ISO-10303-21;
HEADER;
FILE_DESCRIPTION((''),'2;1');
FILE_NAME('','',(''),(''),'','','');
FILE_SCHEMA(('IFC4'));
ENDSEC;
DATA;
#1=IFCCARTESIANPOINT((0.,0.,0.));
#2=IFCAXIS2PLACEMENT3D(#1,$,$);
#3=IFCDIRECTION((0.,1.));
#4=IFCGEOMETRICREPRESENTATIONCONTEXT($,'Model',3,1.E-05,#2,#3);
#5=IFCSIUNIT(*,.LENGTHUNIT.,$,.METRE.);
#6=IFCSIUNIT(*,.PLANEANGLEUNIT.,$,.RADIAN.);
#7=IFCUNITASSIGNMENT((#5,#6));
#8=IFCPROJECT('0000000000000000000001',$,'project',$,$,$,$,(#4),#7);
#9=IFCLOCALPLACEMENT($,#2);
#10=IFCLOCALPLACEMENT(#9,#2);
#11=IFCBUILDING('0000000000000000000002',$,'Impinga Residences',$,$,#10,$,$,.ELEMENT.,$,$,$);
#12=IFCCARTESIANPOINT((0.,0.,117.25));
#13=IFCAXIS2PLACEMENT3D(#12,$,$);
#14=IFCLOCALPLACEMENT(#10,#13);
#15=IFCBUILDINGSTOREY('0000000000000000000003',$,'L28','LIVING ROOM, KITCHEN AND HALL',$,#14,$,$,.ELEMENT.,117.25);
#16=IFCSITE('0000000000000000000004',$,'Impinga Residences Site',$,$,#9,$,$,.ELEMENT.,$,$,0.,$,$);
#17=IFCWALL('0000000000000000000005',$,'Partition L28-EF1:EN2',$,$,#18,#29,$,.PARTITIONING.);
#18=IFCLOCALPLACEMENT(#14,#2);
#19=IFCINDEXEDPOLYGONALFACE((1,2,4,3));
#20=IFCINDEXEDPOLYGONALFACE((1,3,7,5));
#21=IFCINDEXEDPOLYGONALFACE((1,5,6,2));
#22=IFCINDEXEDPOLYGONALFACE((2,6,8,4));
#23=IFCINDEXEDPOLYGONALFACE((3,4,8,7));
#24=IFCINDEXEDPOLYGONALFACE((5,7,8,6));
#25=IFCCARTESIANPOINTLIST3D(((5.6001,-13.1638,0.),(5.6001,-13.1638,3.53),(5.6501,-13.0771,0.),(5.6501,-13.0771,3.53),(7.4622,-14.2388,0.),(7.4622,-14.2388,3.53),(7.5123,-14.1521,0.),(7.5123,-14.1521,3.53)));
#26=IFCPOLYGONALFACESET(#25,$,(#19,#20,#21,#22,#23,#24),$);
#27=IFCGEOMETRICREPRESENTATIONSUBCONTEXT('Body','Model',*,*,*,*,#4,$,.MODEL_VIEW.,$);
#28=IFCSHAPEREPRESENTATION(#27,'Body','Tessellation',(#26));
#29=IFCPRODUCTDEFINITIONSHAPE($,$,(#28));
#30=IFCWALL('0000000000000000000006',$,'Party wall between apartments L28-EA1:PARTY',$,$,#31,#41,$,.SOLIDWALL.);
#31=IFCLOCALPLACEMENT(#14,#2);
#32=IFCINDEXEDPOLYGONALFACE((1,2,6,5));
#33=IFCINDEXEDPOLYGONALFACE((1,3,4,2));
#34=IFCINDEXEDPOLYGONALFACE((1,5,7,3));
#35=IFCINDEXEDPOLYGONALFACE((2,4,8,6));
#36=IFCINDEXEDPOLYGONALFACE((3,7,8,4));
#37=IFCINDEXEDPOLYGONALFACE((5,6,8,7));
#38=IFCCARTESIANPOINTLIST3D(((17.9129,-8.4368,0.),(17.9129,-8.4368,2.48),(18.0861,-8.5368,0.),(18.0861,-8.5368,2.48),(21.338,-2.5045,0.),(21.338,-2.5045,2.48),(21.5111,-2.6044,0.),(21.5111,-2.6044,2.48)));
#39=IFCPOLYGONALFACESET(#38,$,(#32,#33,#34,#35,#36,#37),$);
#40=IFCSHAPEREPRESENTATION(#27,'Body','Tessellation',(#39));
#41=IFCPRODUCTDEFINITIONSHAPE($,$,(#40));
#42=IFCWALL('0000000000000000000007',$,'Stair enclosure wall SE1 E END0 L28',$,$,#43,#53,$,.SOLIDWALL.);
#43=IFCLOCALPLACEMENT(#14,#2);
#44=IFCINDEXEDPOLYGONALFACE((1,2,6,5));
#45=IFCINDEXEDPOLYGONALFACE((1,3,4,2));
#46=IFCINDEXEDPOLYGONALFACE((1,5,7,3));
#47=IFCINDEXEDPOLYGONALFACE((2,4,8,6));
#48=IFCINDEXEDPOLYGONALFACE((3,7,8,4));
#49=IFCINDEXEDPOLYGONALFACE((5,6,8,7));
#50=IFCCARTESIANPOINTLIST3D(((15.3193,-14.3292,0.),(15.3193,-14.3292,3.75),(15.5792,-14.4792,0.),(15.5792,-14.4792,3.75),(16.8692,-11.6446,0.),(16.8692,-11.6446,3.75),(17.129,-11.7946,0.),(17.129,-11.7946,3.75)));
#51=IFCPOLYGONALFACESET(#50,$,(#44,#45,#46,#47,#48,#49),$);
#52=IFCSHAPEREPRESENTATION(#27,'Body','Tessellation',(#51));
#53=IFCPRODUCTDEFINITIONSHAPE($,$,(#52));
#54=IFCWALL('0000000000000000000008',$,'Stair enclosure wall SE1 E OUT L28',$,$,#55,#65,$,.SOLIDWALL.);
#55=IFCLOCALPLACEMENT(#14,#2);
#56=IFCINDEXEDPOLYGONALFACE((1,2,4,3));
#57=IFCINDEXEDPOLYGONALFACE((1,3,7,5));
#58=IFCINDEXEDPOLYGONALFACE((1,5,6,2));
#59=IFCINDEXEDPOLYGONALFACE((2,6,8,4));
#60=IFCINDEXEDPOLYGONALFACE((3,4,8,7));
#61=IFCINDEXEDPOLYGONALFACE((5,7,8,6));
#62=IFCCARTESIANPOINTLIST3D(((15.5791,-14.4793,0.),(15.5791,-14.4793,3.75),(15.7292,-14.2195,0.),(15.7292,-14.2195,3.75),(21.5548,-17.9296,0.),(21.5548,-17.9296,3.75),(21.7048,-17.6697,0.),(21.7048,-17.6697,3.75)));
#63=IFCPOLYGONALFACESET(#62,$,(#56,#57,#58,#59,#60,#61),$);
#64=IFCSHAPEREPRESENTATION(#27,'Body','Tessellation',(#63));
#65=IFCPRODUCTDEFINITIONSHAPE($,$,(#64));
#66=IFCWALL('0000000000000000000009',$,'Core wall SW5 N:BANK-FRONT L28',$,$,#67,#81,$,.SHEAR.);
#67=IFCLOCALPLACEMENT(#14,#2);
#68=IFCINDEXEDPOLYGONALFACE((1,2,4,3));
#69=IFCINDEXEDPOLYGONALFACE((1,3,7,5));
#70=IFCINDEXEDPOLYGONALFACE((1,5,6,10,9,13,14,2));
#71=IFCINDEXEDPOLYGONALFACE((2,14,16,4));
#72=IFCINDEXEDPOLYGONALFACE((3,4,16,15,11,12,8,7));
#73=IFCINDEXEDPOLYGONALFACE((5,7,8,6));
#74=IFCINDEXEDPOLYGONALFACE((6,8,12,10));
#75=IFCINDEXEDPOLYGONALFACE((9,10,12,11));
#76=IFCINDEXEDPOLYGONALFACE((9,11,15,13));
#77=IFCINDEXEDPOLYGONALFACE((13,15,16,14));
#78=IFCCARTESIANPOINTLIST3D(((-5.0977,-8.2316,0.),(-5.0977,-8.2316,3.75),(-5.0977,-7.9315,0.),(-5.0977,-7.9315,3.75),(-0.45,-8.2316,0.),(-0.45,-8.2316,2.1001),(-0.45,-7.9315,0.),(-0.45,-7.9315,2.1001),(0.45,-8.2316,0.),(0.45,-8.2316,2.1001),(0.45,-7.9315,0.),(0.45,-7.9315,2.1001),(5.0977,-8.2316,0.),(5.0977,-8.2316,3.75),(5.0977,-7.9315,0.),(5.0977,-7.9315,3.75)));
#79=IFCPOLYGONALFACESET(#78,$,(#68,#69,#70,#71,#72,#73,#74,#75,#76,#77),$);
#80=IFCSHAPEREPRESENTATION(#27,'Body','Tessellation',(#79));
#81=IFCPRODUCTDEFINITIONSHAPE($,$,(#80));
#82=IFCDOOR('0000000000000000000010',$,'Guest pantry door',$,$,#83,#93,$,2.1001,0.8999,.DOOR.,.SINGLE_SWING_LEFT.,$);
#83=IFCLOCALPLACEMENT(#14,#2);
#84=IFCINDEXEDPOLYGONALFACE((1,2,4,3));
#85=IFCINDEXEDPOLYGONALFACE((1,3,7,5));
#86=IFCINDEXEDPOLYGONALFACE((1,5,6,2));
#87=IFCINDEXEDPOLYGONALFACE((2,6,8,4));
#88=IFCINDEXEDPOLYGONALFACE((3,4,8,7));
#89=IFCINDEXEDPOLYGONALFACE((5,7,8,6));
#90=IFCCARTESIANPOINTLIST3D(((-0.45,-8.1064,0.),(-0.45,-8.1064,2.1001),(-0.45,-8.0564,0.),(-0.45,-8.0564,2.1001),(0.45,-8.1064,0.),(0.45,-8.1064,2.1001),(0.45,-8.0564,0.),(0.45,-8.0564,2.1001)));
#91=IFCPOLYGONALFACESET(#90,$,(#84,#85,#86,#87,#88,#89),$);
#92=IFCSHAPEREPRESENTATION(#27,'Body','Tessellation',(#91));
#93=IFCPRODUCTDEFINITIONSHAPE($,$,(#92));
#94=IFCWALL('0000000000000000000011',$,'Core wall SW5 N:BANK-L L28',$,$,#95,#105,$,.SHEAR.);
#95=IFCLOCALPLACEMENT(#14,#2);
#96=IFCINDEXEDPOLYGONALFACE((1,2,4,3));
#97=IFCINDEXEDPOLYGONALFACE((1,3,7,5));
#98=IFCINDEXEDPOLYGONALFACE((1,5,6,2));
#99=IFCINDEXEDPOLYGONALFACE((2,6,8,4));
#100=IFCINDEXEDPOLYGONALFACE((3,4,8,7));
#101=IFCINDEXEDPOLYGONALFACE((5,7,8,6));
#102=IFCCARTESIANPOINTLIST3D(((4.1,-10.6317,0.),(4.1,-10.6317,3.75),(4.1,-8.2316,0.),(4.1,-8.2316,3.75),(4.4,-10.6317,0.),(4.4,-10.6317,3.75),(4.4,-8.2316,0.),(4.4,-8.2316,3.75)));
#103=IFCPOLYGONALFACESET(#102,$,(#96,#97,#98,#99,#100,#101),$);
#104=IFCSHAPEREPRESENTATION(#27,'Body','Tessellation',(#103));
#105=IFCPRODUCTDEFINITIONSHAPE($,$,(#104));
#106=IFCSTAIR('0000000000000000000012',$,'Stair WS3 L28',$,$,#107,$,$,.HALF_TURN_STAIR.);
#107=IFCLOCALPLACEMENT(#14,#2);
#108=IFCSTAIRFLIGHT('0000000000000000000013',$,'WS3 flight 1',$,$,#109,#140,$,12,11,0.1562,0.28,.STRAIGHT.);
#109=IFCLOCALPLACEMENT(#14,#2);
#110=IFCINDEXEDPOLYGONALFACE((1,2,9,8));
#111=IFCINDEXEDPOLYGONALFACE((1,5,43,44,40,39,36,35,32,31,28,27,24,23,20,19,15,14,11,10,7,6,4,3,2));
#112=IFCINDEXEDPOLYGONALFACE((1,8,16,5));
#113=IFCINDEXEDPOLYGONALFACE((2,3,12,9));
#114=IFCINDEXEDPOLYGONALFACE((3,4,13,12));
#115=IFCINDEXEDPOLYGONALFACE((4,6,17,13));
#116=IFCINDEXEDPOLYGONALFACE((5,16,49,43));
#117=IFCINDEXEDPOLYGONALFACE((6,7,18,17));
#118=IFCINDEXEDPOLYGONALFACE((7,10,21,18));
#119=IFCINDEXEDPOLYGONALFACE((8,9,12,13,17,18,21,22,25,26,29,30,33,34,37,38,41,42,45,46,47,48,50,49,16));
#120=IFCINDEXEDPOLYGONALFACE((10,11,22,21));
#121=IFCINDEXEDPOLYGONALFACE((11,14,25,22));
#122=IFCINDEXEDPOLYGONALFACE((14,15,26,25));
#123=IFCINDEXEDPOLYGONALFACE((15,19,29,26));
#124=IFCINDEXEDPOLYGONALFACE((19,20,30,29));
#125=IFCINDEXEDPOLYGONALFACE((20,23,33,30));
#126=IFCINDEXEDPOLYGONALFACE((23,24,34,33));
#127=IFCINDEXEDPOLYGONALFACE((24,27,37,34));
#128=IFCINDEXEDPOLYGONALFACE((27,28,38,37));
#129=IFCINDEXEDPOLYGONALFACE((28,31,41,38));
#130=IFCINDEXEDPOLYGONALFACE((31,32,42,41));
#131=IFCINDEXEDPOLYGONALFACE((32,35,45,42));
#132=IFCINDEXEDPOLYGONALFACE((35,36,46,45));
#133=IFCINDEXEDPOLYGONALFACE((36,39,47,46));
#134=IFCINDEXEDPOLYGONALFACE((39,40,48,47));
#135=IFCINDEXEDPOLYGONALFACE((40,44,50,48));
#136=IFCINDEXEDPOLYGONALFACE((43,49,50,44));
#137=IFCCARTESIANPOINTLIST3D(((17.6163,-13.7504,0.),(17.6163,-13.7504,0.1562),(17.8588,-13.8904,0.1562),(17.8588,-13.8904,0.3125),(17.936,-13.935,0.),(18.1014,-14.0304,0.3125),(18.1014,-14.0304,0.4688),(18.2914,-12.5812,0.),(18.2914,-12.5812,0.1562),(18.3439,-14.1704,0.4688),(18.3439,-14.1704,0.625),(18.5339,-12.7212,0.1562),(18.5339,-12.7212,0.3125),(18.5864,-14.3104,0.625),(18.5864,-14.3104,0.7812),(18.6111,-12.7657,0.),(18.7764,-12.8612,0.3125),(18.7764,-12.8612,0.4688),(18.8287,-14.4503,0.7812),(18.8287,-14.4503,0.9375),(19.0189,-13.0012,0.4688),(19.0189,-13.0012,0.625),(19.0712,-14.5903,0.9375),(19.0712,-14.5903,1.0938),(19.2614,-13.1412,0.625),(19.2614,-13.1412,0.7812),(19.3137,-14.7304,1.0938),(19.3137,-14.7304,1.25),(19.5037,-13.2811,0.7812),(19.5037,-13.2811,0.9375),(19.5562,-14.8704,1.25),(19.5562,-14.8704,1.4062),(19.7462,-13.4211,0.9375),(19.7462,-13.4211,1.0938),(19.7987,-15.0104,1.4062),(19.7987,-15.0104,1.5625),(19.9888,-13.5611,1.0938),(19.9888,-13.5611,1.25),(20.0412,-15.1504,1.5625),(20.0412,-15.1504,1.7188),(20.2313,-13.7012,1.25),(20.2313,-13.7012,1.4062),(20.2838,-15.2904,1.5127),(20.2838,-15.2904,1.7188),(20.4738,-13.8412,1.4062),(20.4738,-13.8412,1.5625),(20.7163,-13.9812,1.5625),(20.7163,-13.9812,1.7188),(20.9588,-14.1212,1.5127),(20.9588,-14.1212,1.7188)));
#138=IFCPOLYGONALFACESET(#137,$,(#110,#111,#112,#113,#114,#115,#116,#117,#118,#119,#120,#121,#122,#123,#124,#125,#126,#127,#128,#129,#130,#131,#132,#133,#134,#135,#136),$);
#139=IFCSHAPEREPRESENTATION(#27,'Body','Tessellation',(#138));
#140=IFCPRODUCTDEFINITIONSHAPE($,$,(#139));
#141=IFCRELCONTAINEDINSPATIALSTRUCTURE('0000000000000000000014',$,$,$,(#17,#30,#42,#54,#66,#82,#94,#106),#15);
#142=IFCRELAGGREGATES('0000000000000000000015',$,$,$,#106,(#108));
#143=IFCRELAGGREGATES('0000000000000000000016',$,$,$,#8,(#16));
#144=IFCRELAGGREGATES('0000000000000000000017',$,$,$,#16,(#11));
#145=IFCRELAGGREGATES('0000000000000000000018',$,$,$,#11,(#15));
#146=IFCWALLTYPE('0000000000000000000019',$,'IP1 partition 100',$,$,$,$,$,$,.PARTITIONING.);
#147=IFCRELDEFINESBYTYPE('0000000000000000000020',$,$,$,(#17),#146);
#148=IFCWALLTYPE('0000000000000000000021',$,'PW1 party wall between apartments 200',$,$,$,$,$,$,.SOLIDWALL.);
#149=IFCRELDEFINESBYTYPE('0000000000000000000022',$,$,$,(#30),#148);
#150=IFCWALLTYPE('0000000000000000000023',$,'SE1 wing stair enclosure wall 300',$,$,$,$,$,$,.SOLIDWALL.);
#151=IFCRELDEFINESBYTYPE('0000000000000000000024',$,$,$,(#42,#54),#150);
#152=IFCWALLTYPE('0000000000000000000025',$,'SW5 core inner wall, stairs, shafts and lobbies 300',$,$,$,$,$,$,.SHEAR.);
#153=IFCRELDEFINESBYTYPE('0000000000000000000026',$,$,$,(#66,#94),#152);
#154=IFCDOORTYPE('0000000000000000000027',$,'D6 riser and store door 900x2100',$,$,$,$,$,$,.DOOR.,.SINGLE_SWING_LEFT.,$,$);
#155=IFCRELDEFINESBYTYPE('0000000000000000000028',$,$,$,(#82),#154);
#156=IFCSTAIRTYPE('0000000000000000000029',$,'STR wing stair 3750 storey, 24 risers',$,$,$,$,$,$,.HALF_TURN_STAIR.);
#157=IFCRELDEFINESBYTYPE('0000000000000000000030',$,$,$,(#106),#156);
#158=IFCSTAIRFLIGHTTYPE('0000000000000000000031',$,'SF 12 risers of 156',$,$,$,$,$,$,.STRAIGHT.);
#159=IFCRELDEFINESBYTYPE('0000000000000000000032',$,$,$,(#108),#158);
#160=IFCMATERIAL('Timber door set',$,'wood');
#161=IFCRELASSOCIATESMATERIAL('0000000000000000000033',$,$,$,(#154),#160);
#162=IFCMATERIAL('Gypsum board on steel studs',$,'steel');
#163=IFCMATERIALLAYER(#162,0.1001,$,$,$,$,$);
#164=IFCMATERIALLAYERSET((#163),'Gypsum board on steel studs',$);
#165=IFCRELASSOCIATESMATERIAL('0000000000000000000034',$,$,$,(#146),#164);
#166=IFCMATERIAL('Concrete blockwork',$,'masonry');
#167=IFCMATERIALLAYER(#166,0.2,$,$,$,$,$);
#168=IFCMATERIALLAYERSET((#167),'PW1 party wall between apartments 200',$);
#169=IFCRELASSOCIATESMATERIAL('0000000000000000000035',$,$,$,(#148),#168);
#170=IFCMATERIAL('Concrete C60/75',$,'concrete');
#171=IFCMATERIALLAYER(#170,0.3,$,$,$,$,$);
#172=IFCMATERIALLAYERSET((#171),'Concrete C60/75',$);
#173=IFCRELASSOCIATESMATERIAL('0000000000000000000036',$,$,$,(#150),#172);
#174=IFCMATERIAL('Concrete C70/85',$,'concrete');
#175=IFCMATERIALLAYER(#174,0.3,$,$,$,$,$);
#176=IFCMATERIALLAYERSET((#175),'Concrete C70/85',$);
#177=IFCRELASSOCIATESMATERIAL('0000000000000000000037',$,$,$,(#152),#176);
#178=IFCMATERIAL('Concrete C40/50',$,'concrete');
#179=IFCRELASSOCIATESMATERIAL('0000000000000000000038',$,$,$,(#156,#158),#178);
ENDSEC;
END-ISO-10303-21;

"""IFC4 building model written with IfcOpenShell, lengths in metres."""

from ifc_helpers import new_model, si_unit, direction, frame, frame_2d, origin, place, context, subcontext, project, spatial, polyline, rectangle, outline, extrude, material, layer, layer_set, type_object, element, fill, aggregate, save


model = new_model("IFC4")

# Units and contexts
model_context = context("Model", 3, precision=1e-05, world=origin(), true_north=direction((0.0, 1.0)))
body_context = subcontext(model_context, "Body", "Model", "MODEL_VIEW")
ifc_project = project(units=[si_unit("LENGTHUNIT", "METRE"), si_unit("PLANEANGLEUNIT", "RADIAN")], contexts=[model_context])

# Site, building, storey
site_placement = place(None, origin())
site = spatial("IfcSite", under=ifc_project, at=site_placement, Name="Impinga Residences Site", CompositionType="ELEMENT", RefElevation=0.0)
building_placement = place(site_placement, origin())
building = spatial("IfcBuilding", under=site, at=building_placement, Name="Impinga Residences", CompositionType="ELEMENT")
storey_placement = place(building_placement, frame((0.0, 0.0, 117.25)))
storey = spatial("IfcBuildingStorey", under=building, at=storey_placement, Name="L28", Description="LIVING ROOM, KITCHEN AND HALL", CompositionType="ELEMENT", Elevation=117.25)

# Shared definitions
ifc_material_1 = material(Name="Concrete C60/75", Category="concrete")

# Shared definitions
ifc_material_2 = material(Name="Concrete blockwork", Category="masonry")
ifc_material_3 = material(Name="Timber door set", Category="wood")
door_type_1 = type_object("IfcDoorType", Name="D6 riser and store door 900x2100", OperationType="SINGLE_SWING_LEFT", PredefinedType="DOOR", material=ifc_material_3)

# Shared definitions
ifc_material_4 = material(Name="Gypsum board on steel studs", Category="steel")
ifc_layer_1 = layer(ifc_material_4, 0.1001)
ifc_layer_set_1 = layer_set([ifc_layer_1], Name="Gypsum board on steel studs")
wall_type_1 = type_object("IfcWallType", Name="IP1 partition 100", PredefinedType="PARTITIONING", material=ifc_layer_set_1)

# Walls
wall_1_placement = place(storey_placement, frame((5.625, -13.1204, 0.0), z_axis=(0.0, 0.0, 1.0), x_axis=(0.866048, -0.499962, 0.0)))
element("IfcWall", 1, at=wall_1_placement, inside=storey, type_object=wall_type_1, Name="Partition L28-EF1:EN2", PredefinedType="PARTITIONING", context=body_context, shape_type="SweptSolid", body=[
    extrude(rectangle(XDim=2.1501, YDim=0.1001, at=frame_2d((1.0752, 0.0))), origin(), (0.0, 0.0, 1.0), 3.53),
])
ifc_layer_2 = layer(ifc_material_2, 0.2)
ifc_layer_set_2 = layer_set([ifc_layer_2], Name="PW1 party wall between apartments 200")
wall_type_2 = type_object("IfcWallType", Name="PW1 party wall between apartments 200", PredefinedType="SOLIDWALL", material=ifc_layer_set_2)
wall_2_placement = place(storey_placement, frame((17.9995, -8.4868, 0.0), z_axis=(0.0, 0.0, 1.0), x_axis=(0.499999, 0.866026, 0.0)))
element("IfcWall", 2, at=wall_2_placement, inside=storey, type_object=wall_type_2, Name="Party wall between apartments L28-EA1:PARTY", PredefinedType="SOLIDWALL", context=body_context, shape_type="SweptSolid", body=[
    extrude(rectangle(XDim=6.8501, YDim=0.2, at=frame_2d((3.425, 0.0))), origin(), (0.0, 0.0, 1.0), 2.48),
])
ifc_layer_3 = layer(ifc_material_1, 0.3)
ifc_layer_set_3 = layer_set([ifc_layer_3], Name="Concrete C60/75")
wall_type_3 = type_object("IfcWallType", Name="SE1 wing stair enclosure wall 300", PredefinedType="SOLIDWALL", material=ifc_layer_set_3)
wall_3_placement = place(storey_placement, frame((16.999, -11.7197, 0.0), z_axis=(0.0, 0.0, 1.0), x_axis=(-0.499968, -0.866044, 0.0)))
element("IfcWall", 3, at=wall_3_placement, inside=storey, type_object=wall_type_3, Name="Stair enclosure wall SE1 E END0 L28", PredefinedType="SOLIDWALL", context=body_context, shape_type="SweptSolid", body=[
    extrude(rectangle(XDim=3.0999, YDim=0.3, at=frame_2d((1.5498, 0.0))), origin(), (0.0, 0.0, 1.0), 3.75),
])
wall_4_placement = place(storey_placement, frame((15.6541, -14.3494, 0.0), z_axis=(0.0, 0.0, 1.0), x_axis=(0.866014, -0.500021, 0.0)))
element("IfcWall", 4, at=wall_4_placement, inside=storey, type_object=wall_type_3, Name="Stair enclosure wall SE1 E OUT L28", PredefinedType="SOLIDWALL", context=body_context, shape_type="SweptSolid", body=[
    extrude(rectangle(XDim=6.9001, YDim=0.3, at=frame_2d((3.4502, 0.0))), origin(), (0.0, 0.0, 1.0), 3.75),
])

# Wall, opening, door
ifc_material_5 = material(Name="Concrete C70/85", Category="concrete")
ifc_layer_4 = layer(ifc_material_5, 0.3)
ifc_layer_set_4 = layer_set([ifc_layer_4], Name="Concrete C70/85")
wall_type_4 = type_object("IfcWallType", Name="SW5 core inner wall, stairs, shafts and lobbies 300", PredefinedType="SHEAR", material=ifc_layer_set_4)
wall_5_placement = place(storey_placement, frame((5.0977, -8.0815, 0.0), z_axis=(0.0, 0.0, 1.0), x_axis=(-1.0, 0.0, 0.0)))
wall_5 = element("IfcWall", 5, at=wall_5_placement, inside=storey, type_object=wall_type_4, Name="Core wall SW5 N:BANK-FRONT L28", PredefinedType="SHEAR", context=body_context, shape_type="SweptSolid", body=[
    extrude(rectangle(XDim=10.1953, YDim=0.3, at=frame_2d((5.0977, 0.0))), origin(), (0.0, 0.0, 1.0), 3.75),
])
opening_1_placement = place(wall_5_placement, frame((4.6477, 0.0, 0.0)))
opening_1 = element("IfcOpeningElement", 6, at=opening_1_placement, cuts=wall_5, PredefinedType="OPENING", context=body_context, shape_type="SweptSolid", body=[
    extrude(rectangle(XDim=0.8999, YDim=2.1001, at=frame_2d((0.45, 1.05))), frame((0.0, 0.1599, 0.0), z_axis=(0.0, -1.0, 0.0), x_axis=(1.0, 0.0, 0.0)), (0.0, 0.0, 1.0), 0.3201),
])
door_1_placement = place(opening_1_placement, origin())
door_1 = element("IfcDoor", 7, at=door_1_placement, inside=storey, type_object=door_type_1, Name="Guest pantry door", OperationType="SINGLE_SWING_LEFT", OverallHeight=2.1001, OverallWidth=0.8999, PredefinedType="DOOR", context=body_context, shape_type="SweptSolid", body=[
    extrude(rectangle(XDim=0.8999, YDim=2.1001, at=frame_2d((0.45, 1.05))), frame((0.0, 0.0249, 0.0), z_axis=(0.0, -1.0, 0.0), x_axis=(1.0, 0.0, 0.0)), (0.0, 0.0, 1.0), 0.05),
])
fill(opening_1, door_1)

# Wall
wall_6_placement = place(storey_placement, frame((4.25, -8.2314, 0.0), z_axis=(0.0, 0.0, 1.0), x_axis=(0.0, -1.0, 0.0)))
element("IfcWall", 8, at=wall_6_placement, inside=storey, type_object=wall_type_4, Name="Core wall SW5 N:BANK-L L28", PredefinedType="SHEAR", context=body_context, shape_type="SweptSolid", body=[
    extrude(rectangle(XDim=2.4001, YDim=0.3, at=frame_2d((1.2002, 0.0))), origin(), (0.0, 0.0, 1.0), 3.75),
])

# Stair, stair flight
ifc_material_6 = material(Name="Concrete C40/50", Category="concrete")
stair_type = type_object("IfcStairType", Name="STR wing stair 3750 storey, 24 risers", PredefinedType="HALF_TURN_STAIR", material=ifc_material_6)
stair_placement = place(storey_placement, origin())
stair = element("IfcStair", 9, at=stair_placement, inside=storey, type_object=stair_type, Name="Stair WS3 L28", PredefinedType="HALF_TURN_STAIR")
stair_flight_type = type_object("IfcStairFlightType", Name="SF 12 risers of 156", PredefinedType="STRAIGHT", material=ifc_material_6)
stair_flight_placement = place(storey_placement, frame((17.9539, -13.1658, 0.0), z_axis=(0.0, 0.0, 1.0), x_axis=(0.866025, -0.5, 0.0)))
stair_flight = element("IfcStairFlight", 10, at=stair_flight_placement, type_object=stair_flight_type, Name="WS3 flight 1", NumberOfRisers=12, NumberOfTreads=11, PredefinedType="STRAIGHT", RiserHeight=0.1562, TreadLength=0.28, context=body_context, shape_type="SweptSolid", body=[
    extrude(outline(polyline([(0.0, 0.0), (0.0, 0.1562), (0.28, 0.1562), (0.28, 0.3125), (0.5601, 0.3125), (0.5601, 0.4688), (0.8401, 0.4688), (0.8401, 0.625), (1.1201, 0.625), (1.1201, 0.7812), (1.3999, 0.7812), (1.3999, 0.9375), (1.6799, 0.9375), (1.6799, 1.0938), (1.96, 1.0938), (1.96, 1.25), (2.24, 1.25), (2.24, 1.4062), (2.52, 1.4062), (2.52, 1.5625), (2.8, 1.5625), (2.8, 1.7188), (3.0801, 1.7188), (3.0801, 1.875), (3.0801, 1.5127), (0.3691, 0.0), (0.0, 0.0)])), frame((0.0, 0.675, 0.0), z_axis=(0.0, -1.0, 0.0), x_axis=(1.0, 0.0, 0.0)), (0.0, 0.0, 1.0), 1.3501),
])
aggregate(stair, [stair_flight])

save(model, "model.ifc")
